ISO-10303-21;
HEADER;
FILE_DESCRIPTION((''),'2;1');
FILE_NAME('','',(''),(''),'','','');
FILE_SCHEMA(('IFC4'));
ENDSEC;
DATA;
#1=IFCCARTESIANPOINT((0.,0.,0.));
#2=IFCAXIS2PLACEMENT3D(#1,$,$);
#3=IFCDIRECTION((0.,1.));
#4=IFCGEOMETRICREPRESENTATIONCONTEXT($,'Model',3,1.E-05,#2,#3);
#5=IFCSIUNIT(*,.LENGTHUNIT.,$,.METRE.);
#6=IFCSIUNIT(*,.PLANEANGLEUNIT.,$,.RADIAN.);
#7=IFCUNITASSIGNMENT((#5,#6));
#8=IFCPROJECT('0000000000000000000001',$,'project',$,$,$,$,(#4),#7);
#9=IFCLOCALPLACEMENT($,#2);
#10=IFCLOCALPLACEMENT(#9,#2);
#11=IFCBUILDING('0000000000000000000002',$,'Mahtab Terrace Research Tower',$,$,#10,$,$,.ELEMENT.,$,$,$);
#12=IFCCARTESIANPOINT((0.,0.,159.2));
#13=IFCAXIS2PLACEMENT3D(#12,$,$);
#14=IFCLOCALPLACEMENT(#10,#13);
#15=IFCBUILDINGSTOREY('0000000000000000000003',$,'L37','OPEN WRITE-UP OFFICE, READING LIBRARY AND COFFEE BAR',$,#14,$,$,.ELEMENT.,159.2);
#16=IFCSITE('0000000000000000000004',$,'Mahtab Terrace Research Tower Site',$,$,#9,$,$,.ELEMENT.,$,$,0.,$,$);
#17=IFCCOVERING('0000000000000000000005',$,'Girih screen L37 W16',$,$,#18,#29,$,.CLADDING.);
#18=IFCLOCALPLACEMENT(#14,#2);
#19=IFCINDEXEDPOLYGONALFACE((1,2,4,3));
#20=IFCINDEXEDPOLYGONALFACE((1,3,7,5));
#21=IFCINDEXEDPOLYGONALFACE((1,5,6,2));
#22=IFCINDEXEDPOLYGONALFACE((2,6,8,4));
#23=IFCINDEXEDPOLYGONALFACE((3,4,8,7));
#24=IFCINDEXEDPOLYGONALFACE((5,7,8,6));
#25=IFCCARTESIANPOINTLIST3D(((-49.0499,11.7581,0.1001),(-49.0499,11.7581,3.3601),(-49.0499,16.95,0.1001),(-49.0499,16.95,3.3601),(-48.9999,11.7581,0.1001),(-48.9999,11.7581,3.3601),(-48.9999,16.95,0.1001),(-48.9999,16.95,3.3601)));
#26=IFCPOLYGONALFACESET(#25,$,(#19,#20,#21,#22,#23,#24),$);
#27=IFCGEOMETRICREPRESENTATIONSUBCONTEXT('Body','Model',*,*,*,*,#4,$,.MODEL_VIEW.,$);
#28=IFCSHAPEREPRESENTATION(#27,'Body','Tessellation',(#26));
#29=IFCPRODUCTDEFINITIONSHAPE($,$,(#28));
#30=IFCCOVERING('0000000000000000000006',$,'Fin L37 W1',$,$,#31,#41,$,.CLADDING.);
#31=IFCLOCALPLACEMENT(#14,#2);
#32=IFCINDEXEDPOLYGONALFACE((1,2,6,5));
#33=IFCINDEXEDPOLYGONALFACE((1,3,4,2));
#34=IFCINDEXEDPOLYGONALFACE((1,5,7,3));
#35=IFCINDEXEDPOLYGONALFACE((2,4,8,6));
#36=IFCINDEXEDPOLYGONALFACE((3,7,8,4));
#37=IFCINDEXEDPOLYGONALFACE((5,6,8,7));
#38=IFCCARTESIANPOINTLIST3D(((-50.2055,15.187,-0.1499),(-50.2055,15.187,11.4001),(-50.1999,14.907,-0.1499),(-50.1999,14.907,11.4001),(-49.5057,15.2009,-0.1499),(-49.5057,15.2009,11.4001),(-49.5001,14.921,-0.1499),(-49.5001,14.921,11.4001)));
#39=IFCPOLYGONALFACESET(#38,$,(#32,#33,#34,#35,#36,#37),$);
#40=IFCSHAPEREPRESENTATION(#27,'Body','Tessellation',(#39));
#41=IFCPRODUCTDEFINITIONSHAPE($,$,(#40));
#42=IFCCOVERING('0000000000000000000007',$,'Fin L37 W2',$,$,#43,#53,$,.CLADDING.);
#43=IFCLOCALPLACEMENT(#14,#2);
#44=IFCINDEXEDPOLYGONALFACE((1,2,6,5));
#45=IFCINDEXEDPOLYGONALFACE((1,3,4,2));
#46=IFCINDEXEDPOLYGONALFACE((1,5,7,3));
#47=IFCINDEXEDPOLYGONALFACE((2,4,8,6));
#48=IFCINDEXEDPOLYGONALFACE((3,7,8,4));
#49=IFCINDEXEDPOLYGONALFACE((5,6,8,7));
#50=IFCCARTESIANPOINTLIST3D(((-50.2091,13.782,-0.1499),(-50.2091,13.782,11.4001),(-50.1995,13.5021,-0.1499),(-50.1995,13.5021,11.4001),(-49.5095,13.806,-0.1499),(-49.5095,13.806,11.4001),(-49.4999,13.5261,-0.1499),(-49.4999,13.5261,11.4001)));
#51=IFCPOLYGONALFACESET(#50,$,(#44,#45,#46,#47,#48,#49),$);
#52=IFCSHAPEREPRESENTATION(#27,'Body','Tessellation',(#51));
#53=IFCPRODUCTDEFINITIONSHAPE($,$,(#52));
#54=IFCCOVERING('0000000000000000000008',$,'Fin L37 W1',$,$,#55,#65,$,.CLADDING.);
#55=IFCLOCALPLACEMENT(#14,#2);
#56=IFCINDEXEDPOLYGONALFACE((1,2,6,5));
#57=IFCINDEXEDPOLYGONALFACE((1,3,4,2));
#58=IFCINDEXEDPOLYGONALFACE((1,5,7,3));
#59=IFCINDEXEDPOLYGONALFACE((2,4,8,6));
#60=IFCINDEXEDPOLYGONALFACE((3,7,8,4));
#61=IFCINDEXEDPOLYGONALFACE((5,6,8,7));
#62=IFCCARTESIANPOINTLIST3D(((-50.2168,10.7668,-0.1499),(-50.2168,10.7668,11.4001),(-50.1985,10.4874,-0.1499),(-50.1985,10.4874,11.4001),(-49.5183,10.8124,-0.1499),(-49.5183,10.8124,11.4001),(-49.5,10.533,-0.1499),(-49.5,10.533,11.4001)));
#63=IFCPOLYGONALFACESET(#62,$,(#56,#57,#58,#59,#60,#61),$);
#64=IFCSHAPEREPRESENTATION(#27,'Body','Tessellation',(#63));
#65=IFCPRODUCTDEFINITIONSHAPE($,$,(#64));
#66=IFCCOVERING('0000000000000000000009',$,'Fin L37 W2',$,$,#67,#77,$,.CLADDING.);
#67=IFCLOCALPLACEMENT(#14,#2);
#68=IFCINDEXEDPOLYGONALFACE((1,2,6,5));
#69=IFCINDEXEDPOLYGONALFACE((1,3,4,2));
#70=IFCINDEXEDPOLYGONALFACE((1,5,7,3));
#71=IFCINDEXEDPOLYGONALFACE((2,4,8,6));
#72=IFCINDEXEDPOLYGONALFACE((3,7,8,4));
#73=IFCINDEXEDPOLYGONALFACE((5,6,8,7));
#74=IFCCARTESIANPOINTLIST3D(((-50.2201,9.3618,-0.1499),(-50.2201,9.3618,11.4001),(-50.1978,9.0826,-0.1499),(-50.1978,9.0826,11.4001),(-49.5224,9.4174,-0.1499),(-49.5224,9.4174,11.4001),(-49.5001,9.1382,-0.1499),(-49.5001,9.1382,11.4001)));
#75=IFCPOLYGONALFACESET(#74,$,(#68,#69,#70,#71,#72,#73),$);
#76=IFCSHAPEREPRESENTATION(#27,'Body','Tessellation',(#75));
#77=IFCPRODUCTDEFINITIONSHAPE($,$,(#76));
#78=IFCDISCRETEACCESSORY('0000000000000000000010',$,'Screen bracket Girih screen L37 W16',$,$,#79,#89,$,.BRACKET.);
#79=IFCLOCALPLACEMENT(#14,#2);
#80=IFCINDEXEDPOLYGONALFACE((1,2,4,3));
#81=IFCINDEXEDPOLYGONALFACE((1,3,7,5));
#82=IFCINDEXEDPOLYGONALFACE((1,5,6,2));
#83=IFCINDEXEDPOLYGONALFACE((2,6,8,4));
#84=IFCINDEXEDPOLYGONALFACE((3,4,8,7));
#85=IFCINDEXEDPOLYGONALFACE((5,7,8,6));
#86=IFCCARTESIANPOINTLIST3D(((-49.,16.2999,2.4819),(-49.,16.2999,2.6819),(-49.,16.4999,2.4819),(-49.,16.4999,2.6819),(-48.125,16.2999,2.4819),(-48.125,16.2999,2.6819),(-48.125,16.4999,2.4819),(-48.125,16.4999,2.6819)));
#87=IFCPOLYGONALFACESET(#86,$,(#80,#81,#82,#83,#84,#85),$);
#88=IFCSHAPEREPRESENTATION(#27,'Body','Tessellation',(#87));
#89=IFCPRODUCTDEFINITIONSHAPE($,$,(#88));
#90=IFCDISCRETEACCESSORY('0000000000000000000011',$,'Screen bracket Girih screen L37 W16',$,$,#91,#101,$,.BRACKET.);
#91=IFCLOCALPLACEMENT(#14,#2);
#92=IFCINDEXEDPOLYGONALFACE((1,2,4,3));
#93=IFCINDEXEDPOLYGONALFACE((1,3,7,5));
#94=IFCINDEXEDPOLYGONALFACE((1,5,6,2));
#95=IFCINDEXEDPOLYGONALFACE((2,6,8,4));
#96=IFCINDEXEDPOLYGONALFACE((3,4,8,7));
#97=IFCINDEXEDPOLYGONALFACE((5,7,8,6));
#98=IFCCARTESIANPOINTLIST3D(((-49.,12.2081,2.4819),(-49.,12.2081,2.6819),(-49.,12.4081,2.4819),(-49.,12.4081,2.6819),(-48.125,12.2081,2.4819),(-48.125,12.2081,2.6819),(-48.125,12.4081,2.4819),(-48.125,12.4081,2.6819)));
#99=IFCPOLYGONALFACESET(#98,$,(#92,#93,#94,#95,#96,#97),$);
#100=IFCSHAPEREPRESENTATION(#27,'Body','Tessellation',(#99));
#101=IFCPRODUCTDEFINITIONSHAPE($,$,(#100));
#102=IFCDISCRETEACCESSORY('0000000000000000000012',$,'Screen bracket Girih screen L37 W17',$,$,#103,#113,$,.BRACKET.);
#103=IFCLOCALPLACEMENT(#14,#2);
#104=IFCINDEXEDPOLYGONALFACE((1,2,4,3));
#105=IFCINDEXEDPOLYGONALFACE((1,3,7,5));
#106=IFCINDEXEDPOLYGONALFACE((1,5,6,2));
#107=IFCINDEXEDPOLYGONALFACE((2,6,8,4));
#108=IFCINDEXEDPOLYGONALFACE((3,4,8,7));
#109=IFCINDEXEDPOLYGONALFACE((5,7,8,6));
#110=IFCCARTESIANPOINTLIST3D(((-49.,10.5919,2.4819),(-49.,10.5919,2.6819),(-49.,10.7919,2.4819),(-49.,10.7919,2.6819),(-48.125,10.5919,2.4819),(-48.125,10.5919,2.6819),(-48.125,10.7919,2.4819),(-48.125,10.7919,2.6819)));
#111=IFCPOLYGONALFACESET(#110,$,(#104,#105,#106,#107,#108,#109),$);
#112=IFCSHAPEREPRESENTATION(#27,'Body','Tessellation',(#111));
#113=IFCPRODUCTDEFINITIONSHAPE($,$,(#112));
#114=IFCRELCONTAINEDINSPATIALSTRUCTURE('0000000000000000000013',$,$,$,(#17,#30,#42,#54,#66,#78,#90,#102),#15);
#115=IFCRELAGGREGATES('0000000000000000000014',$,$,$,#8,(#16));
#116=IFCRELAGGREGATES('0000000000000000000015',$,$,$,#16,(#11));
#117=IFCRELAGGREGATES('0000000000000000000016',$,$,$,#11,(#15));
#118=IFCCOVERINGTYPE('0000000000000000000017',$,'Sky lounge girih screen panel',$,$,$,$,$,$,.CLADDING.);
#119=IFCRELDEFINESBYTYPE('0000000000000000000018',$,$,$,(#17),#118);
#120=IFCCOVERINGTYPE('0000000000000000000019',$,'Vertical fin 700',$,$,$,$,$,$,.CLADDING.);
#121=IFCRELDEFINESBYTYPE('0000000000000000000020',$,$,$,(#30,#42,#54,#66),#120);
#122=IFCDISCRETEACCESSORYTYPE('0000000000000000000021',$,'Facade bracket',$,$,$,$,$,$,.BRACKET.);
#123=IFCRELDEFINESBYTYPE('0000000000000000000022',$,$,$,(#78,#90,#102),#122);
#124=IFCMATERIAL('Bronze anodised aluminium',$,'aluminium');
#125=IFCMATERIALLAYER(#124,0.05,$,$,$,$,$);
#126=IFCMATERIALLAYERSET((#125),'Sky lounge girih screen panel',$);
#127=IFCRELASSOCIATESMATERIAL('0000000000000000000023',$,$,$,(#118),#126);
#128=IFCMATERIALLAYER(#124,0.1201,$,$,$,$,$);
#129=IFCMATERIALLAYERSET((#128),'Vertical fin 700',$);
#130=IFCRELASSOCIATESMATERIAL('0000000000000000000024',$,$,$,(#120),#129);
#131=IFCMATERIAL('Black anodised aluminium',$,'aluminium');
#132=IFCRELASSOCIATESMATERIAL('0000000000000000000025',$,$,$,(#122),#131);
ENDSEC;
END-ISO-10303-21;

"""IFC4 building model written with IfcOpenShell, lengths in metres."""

from ifc_helpers import new_model, si_unit, direction, frame, origin, origin_2d, place, context, subcontext, project, spatial, rectangle, extrude, material, layer, layer_set, type_object, element, save


model = new_model("IFC4")

# Units and contexts
model_context = context("Model", 3, precision=1e-05, world=origin(), true_north=direction((0.0, 1.0)))
body_context = subcontext(model_context, "Body", "Model", "MODEL_VIEW")
ifc_project = project(units=[si_unit("LENGTHUNIT", "METRE"), si_unit("PLANEANGLEUNIT", "RADIAN")], contexts=[model_context])

# Site, building, storey
site_placement = place(None, origin())
site = spatial("IfcSite", under=ifc_project, at=site_placement, Name="Mahtab Terrace Research Tower Site", CompositionType="ELEMENT", RefElevation=0.0)
building_placement = place(site_placement, origin())
building = spatial("IfcBuilding", under=site, at=building_placement, Name="Mahtab Terrace Research Tower", CompositionType="ELEMENT")
storey_placement = place(building_placement, frame((0.0, 0.0, 159.2)))
storey = spatial("IfcBuildingStorey", under=building, at=storey_placement, Name="L37", Description="OPEN WRITE-UP OFFICE, READING LIBRARY AND COFFEE BAR", CompositionType="ELEMENT", Elevation=159.2)

# Coverings
ifc_material_1 = material(Name="Bronze anodised aluminium", Category="aluminium")
ifc_layer_1 = layer(ifc_material_1, 0.05)
ifc_layer_set_1 = layer_set([ifc_layer_1], Name="Sky lounge girih screen panel")
covering_type_1 = type_object("IfcCoveringType", Name="Sky lounge girih screen panel", PredefinedType="CLADDING", material=ifc_layer_set_1)
covering_placement = place(storey_placement, frame((-49.0249, 14.354, 0.1001), z_axis=(0.0, 0.0, 1.0), x_axis=(0.0, -1.0, 0.0)))
element("IfcCovering", 1, at=covering_placement, inside=storey, type_object=covering_type_1, Name="Girih screen L37 W16", PredefinedType="CLADDING", context=body_context, shape_type="SweptSolid", body=[
    extrude(rectangle(XDim=5.1919, YDim=0.05, at=origin_2d()), origin(), (0.0, 0.0, 1.0), 3.26),
])
ifc_layer_2 = layer(ifc_material_1, 0.1201)
ifc_layer_set_2 = layer_set([ifc_layer_2], Name="Vertical fin 700")
covering_type_2 = type_object("IfcCoveringType", Name="Vertical fin 700", PredefinedType="CLADDING", material=ifc_layer_set_2)
for number, where, z_axis, x_axis, name in (
    (2, (-49.8528, 15.054, -0.1499), (0.0, 0.0, 1.0), (0.019978, -0.9998, 0.0), "Fin L37 W1"),
    (3, (-49.8545, 13.6541, -0.1499), (0.0, 0.0, 1.0), (0.034345, -0.99941, 0.0), "Fin L37 W2"),
    (4, (-49.8584, 10.6499, -0.1499), (0.0, 0.0, 1.0), (0.065147, -0.997876, 0.0), "Fin L37 W1"),
    (5, (-49.8601, 9.25, -0.1499), (0.0, 0.0, 1.0), (0.079483, -0.996836, 0.0), "Fin L37 W2"),
):
    element("IfcCovering", number, at=place(storey_placement, frame(where, z_axis=z_axis, x_axis=x_axis)), inside=storey, type_object=covering_type_2, Name=name, PredefinedType="CLADDING", context=body_context, shape_type="SweptSolid", body=[
        extrude(rectangle(XDim=0.28, YDim=0.7, at=origin_2d()), origin(), (0.0, 0.0, 1.0), 11.55),
    ])

# Discrete accessories
ifc_material_2 = material(Name="Black anodised aluminium", Category="aluminium")
discrete_accessory_type = type_object("IfcDiscreteAccessoryType", Name="Facade bracket", PredefinedType="BRACKET", material=ifc_material_2)
for number, where, z_axis, x_axis, name in (
    (6, (-48.5625, 16.3999, 2.4819), (0.0, 0.0, 1.0), (0.0, -1.0, 0.0), "Screen bracket Girih screen L37 W16"),
    (7, (-48.5625, 12.3081, 2.4819), (0.0, 0.0, 1.0), (0.0, -1.0, 0.0), "Screen bracket Girih screen L37 W16"),
    (8, (-48.5625, 10.6919, 2.4819), (0.0, 0.0, 1.0), (0.0, -1.0, 0.0), "Screen bracket Girih screen L37 W17"),
):
    element("IfcDiscreteAccessory", number, at=place(storey_placement, frame(where, z_axis=z_axis, x_axis=x_axis)), inside=storey, type_object=discrete_accessory_type, Name=name, PredefinedType="BRACKET", context=body_context, shape_type="SweptSolid", body=[
        extrude(rectangle(XDim=0.2, YDim=0.875, at=origin_2d()), origin(), (0.0, 0.0, 1.0), 0.2),
    ])

save(model, "model.ifc")
